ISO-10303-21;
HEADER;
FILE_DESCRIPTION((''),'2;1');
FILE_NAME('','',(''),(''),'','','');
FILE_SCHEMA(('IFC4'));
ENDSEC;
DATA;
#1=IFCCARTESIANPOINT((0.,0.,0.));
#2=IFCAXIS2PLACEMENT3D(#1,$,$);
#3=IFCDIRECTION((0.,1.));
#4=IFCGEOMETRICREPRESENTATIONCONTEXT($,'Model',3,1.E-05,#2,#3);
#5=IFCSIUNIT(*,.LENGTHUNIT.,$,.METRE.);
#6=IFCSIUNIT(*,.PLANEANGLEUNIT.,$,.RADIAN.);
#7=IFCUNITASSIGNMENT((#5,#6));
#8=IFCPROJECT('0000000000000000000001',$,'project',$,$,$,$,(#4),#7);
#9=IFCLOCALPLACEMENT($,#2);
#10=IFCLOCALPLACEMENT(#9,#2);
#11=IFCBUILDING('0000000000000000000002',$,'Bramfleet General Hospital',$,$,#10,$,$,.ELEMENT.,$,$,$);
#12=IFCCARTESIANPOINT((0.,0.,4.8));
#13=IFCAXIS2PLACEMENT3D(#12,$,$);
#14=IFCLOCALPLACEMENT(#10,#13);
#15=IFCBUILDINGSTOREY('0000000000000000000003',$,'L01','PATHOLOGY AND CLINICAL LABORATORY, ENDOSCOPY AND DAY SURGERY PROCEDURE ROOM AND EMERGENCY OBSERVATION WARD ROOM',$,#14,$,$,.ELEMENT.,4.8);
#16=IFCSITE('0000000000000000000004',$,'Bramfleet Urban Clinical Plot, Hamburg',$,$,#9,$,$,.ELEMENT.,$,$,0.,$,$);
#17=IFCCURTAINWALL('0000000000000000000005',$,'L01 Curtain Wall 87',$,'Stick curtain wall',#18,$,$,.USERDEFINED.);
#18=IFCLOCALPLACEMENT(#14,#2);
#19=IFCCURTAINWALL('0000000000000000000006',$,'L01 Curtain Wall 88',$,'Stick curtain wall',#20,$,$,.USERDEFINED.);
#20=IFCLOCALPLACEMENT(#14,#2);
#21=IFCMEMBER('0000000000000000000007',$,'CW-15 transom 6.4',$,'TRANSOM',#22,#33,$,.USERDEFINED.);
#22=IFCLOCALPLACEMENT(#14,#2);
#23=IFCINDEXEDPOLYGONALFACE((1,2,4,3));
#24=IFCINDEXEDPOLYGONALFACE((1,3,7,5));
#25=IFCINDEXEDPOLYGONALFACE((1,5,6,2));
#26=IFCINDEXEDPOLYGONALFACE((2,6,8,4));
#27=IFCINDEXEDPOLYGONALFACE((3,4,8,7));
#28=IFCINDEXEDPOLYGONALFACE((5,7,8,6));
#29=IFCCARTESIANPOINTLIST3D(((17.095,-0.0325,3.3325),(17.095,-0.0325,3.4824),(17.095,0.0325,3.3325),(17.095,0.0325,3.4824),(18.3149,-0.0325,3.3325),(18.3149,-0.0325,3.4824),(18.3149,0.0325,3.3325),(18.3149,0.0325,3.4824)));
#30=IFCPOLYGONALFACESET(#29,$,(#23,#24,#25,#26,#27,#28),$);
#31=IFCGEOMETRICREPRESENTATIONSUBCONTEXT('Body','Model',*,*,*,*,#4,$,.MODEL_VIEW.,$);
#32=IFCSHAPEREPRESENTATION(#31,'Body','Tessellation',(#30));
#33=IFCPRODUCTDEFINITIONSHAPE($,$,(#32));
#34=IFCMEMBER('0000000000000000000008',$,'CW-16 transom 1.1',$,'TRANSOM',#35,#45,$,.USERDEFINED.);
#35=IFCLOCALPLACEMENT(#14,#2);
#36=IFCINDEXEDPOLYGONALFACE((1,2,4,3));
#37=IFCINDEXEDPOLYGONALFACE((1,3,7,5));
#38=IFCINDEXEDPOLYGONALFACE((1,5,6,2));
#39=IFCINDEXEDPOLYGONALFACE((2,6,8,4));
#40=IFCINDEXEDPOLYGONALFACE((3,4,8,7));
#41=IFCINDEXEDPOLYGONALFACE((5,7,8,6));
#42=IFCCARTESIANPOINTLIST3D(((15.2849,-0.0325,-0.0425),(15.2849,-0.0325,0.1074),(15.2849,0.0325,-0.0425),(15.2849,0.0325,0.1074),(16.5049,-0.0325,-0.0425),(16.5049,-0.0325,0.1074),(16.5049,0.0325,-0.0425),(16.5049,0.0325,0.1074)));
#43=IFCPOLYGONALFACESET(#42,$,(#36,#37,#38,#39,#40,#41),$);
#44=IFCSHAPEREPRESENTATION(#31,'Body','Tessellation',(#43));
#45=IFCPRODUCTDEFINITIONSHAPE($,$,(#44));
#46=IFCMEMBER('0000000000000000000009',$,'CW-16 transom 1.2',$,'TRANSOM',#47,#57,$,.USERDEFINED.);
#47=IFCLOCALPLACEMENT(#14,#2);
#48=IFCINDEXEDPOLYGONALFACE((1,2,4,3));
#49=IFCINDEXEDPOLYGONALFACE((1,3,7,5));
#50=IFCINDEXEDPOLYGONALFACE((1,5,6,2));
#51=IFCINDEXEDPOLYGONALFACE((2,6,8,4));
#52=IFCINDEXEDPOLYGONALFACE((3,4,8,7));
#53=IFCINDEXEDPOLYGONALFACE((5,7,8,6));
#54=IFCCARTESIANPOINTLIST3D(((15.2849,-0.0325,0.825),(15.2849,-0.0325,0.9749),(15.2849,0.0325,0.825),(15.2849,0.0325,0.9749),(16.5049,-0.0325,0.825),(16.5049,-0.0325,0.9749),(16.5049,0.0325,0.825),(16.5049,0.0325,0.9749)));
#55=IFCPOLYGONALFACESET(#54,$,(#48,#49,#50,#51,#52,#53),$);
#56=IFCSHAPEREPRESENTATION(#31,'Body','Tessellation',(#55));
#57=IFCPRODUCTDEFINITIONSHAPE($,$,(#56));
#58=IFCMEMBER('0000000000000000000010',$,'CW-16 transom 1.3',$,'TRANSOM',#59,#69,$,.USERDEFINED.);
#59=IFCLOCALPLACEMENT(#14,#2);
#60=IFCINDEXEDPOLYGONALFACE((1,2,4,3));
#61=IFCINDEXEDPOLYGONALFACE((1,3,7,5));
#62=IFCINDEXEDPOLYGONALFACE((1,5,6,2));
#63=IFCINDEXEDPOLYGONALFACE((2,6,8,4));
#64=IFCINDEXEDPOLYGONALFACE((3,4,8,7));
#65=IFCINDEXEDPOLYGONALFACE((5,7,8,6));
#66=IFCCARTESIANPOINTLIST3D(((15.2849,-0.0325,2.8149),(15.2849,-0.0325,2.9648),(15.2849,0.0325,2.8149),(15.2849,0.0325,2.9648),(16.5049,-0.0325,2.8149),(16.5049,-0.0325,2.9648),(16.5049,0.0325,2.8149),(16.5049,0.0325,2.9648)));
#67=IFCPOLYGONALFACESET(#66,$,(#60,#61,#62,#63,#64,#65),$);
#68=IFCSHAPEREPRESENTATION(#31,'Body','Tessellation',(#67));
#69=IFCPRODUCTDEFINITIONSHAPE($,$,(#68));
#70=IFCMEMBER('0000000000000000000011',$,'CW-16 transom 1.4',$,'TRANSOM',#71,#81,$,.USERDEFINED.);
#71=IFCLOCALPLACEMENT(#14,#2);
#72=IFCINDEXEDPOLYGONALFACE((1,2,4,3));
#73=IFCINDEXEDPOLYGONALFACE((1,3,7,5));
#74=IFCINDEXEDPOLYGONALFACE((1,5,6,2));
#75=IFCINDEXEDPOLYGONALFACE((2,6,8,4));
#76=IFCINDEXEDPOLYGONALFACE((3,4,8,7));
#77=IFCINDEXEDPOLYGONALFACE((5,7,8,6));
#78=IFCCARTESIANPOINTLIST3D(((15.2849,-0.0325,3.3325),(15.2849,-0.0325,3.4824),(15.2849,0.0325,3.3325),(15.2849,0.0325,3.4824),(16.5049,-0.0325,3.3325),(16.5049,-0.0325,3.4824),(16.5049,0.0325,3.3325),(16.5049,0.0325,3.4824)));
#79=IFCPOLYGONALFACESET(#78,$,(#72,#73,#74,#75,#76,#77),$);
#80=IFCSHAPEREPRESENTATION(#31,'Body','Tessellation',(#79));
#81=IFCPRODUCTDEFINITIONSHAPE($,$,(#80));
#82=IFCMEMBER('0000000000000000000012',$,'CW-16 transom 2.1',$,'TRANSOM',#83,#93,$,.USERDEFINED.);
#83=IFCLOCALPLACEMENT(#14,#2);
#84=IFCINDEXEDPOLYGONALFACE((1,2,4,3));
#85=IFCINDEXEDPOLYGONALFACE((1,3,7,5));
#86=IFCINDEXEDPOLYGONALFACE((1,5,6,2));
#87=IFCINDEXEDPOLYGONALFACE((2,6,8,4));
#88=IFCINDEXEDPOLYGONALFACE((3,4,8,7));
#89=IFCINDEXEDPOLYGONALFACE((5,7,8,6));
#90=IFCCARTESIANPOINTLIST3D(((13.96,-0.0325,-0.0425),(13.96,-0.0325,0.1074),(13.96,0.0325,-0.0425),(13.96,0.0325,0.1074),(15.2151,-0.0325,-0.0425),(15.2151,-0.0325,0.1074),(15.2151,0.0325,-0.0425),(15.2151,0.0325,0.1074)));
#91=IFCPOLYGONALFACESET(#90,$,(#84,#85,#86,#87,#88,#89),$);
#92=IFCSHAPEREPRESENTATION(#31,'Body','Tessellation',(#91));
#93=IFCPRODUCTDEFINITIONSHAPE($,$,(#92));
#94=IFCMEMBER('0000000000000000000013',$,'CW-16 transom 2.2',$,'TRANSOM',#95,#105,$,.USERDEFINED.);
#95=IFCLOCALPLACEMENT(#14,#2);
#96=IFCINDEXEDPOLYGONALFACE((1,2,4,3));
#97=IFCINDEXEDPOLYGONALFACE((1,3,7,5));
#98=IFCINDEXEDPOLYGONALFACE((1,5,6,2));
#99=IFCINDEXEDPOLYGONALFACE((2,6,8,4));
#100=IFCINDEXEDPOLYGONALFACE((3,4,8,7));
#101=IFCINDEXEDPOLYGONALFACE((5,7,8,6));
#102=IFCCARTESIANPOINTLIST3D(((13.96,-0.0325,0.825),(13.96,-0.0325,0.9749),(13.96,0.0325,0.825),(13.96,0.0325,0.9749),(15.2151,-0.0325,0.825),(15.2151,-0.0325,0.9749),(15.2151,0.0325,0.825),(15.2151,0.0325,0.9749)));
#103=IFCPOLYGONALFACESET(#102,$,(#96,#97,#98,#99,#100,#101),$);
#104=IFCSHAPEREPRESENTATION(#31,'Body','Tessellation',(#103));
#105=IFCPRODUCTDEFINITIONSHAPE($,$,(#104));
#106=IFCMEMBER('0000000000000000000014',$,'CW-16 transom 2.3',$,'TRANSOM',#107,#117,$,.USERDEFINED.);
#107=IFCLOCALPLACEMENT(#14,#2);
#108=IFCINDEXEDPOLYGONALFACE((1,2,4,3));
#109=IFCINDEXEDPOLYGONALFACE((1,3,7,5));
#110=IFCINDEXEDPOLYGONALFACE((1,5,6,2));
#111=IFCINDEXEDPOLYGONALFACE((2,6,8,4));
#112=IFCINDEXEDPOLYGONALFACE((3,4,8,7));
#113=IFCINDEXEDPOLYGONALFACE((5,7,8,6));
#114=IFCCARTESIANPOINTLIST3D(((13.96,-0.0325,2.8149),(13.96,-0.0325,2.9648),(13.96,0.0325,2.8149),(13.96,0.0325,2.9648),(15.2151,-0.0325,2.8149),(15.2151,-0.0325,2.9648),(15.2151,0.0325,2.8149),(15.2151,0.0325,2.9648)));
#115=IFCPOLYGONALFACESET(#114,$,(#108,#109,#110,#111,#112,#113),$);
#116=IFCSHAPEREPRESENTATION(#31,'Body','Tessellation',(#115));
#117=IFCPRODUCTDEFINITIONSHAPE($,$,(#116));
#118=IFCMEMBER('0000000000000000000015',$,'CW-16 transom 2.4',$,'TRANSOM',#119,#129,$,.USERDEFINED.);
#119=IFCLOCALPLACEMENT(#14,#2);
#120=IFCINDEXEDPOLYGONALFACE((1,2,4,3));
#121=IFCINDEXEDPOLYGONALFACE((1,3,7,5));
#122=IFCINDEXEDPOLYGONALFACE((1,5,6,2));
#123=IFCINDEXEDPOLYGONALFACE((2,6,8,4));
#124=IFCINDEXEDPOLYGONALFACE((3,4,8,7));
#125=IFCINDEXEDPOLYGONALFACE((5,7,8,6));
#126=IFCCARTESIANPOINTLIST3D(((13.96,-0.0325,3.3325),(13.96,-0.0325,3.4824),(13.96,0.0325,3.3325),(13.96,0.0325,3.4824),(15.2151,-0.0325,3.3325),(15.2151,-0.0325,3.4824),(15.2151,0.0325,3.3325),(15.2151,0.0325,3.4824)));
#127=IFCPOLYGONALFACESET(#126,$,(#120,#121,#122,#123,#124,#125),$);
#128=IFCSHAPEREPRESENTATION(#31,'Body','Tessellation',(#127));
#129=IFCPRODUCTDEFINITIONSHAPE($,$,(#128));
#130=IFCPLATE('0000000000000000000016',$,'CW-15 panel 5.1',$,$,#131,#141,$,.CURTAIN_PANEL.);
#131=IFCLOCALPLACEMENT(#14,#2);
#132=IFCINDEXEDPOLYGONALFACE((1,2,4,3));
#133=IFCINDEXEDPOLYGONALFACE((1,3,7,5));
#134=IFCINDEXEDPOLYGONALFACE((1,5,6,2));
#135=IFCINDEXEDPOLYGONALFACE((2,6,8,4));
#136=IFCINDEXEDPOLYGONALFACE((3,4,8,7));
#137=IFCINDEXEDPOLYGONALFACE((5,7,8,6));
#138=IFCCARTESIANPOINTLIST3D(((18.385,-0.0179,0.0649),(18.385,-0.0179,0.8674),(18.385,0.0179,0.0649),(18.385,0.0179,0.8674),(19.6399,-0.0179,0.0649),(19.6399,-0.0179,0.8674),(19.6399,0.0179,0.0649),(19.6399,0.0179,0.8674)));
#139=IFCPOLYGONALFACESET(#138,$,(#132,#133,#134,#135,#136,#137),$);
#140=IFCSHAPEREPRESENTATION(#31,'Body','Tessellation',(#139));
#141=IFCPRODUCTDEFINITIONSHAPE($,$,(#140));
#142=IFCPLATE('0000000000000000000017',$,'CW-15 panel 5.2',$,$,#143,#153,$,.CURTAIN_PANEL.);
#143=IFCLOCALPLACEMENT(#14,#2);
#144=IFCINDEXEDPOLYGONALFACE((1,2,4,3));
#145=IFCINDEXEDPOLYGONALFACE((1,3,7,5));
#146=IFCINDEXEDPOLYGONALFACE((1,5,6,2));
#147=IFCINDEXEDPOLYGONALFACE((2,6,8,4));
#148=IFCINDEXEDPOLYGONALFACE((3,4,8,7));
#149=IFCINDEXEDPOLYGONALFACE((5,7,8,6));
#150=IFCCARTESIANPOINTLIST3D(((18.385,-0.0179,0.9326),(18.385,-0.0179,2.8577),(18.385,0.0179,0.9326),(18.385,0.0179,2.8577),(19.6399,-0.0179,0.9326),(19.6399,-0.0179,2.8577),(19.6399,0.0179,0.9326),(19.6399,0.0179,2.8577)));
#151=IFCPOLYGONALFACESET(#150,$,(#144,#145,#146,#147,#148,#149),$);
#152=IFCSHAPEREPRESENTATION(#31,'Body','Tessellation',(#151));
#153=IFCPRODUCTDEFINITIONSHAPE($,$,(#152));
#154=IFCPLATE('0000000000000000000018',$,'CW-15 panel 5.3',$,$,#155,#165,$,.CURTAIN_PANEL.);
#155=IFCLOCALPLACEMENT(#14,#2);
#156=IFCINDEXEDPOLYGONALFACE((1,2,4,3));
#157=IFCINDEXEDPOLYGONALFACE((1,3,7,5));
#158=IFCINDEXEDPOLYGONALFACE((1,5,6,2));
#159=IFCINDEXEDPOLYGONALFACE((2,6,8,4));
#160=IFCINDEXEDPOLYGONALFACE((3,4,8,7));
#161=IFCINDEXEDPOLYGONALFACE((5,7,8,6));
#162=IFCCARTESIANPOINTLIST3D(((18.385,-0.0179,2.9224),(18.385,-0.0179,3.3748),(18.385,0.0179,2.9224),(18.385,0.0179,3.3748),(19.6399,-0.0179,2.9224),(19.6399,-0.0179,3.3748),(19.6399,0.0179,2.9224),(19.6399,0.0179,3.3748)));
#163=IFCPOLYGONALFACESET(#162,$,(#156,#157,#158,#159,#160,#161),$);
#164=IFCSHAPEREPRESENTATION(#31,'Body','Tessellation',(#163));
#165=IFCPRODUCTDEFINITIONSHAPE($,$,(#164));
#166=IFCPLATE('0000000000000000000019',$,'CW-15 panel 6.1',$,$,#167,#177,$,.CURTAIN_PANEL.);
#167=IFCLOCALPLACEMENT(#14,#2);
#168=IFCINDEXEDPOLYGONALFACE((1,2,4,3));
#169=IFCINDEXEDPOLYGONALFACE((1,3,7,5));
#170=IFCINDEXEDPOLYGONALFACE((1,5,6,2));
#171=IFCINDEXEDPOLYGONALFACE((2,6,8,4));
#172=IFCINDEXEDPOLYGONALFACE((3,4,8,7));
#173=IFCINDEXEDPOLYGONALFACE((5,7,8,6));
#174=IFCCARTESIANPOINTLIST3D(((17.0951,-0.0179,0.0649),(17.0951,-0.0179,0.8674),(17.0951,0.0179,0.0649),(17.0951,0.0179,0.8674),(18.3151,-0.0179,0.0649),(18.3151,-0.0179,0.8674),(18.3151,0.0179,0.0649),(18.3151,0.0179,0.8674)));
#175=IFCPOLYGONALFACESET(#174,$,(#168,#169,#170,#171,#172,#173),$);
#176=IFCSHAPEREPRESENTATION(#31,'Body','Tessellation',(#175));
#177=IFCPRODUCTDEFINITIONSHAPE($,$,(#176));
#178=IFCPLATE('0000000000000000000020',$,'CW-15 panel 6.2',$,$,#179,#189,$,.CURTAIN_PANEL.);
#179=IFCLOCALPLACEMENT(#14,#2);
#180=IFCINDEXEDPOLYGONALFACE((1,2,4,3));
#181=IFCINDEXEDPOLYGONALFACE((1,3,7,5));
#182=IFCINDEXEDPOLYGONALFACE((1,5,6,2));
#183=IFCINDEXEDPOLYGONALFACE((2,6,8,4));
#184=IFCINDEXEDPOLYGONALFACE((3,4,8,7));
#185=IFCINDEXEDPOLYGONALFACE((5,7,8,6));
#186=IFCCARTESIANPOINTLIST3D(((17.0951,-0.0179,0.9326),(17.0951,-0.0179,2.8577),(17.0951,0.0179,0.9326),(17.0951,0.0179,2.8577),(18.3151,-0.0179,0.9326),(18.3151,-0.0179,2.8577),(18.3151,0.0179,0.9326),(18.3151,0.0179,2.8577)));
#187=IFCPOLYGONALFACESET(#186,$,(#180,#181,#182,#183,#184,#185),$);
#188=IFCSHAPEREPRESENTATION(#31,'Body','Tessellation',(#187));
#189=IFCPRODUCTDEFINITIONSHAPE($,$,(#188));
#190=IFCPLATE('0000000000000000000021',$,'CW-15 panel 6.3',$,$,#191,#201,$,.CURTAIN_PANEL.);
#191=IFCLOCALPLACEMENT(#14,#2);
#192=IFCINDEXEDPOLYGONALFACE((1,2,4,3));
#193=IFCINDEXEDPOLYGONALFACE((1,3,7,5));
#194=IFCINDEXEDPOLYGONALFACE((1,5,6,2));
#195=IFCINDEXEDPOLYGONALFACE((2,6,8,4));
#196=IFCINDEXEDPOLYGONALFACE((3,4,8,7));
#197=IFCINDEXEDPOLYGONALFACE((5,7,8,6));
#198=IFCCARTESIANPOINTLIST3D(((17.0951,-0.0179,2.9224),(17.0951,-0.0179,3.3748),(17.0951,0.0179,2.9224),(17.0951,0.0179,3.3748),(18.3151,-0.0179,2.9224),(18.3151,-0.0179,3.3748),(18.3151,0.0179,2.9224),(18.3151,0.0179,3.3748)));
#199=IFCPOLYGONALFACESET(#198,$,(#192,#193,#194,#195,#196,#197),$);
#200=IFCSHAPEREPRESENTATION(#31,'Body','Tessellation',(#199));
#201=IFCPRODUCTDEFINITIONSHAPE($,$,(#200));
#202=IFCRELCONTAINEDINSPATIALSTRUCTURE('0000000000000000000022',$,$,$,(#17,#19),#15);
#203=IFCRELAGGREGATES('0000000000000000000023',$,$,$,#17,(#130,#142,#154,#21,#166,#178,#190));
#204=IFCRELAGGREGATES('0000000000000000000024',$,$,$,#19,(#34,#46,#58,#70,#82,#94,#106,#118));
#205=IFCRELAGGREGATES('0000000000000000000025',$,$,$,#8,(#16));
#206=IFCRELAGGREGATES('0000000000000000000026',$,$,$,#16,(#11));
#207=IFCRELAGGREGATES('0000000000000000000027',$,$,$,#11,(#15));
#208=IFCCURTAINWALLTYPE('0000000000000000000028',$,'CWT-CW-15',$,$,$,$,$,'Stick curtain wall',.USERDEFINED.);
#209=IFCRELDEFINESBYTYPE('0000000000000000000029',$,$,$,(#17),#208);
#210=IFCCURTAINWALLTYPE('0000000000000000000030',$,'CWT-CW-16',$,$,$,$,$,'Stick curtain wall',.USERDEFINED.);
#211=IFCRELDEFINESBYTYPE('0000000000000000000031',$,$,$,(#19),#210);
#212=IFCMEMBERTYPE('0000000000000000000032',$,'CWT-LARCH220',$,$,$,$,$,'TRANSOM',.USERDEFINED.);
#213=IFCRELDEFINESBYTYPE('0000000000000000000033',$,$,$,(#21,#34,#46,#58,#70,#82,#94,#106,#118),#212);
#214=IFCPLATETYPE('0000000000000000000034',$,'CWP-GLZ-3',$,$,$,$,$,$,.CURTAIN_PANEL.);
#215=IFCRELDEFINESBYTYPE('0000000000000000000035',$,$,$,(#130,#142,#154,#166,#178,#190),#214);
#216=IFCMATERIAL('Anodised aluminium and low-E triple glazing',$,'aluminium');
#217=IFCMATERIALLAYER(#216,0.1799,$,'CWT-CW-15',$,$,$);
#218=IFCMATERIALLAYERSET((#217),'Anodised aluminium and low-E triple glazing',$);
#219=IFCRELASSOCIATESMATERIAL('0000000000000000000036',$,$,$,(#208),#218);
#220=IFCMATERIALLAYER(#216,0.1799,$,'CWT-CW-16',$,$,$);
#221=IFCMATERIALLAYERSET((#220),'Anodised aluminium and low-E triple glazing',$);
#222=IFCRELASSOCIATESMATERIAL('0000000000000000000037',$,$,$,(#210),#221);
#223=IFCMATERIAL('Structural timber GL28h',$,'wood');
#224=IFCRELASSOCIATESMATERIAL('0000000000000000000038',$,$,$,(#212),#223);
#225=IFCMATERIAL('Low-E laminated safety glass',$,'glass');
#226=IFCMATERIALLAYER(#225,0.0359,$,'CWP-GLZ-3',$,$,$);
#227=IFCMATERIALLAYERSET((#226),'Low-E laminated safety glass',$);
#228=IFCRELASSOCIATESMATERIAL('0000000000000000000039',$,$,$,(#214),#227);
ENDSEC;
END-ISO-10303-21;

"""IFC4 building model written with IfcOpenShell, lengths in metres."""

from ifc_helpers import new_model, si_unit, direction, frame, origin, origin_2d, place, context, subcontext, project, spatial, rectangle, extrude, material, layer, layer_set, material_profile, profile_set, type_object, element, aggregate, save


model = new_model("IFC4")

# Units and contexts
model_context = context("Model", 3, precision=1e-05, world=origin(), true_north=direction((0.0, 1.0)))
body_context = subcontext(model_context, "Body", "Model", "MODEL_VIEW")
ifc_project = project(units=[si_unit("LENGTHUNIT", "METRE"), si_unit("PLANEANGLEUNIT", "RADIAN")], contexts=[model_context])

# Site, building, storey
site_placement = place(None, origin())
site = spatial("IfcSite", under=ifc_project, at=site_placement, Name="Bramfleet Urban Clinical Plot, Hamburg", CompositionType="ELEMENT", RefElevation=0.0)
building_placement = place(site_placement, origin())
building = spatial("IfcBuilding", under=site, at=building_placement, Name="Bramfleet General Hospital", CompositionType="ELEMENT")
storey_placement = place(building_placement, frame((0.0, 0.0, 4.8)))
storey = spatial("IfcBuildingStorey", under=building, at=storey_placement, Name="L01", Description="PATHOLOGY AND CLINICAL LABORATORY, ENDOSCOPY AND DAY SURGERY PROCEDURE ROOM AND EMERGENCY OBSERVATION WARD ROOM", CompositionType="ELEMENT", Elevation=4.8)

# Curtain walls
ifc_material_1 = material(Name="Anodised aluminium and low-E triple glazing", Category="aluminium")
ifc_layer_1 = layer(ifc_material_1, 0.1799, Name="CWT-CW-15")
ifc_layer_set_1 = layer_set([ifc_layer_1], Name="Anodised aluminium and low-E triple glazing")
curtain_wall_type_1 = type_object("IfcCurtainWallType", Name="CWT-CW-15", ElementType="Stick curtain wall", PredefinedType="USERDEFINED", material=ifc_layer_set_1)
curtain_wall_1_placement = place(storey_placement, origin())
curtain_wall_1 = element("IfcCurtainWall", 1, at=curtain_wall_1_placement, inside=storey, type_object=curtain_wall_type_1, Name="L01 Curtain Wall 87", ObjectType="Stick curtain wall", PredefinedType="USERDEFINED")
ifc_material_2 = material(Name="Structural timber GL28h", Category="wood")
ifc_layer_2 = layer(ifc_material_1, 0.1799, Name="CWT-CW-16")
ifc_layer_set_2 = layer_set([ifc_layer_2], Name="Anodised aluminium and low-E triple glazing")
curtain_wall_type_2 = type_object("IfcCurtainWallType", Name="CWT-CW-16", ElementType="Stick curtain wall", PredefinedType="USERDEFINED", material=ifc_layer_set_2)
curtain_wall_2_placement = place(storey_placement, origin())
curtain_wall_2 = element("IfcCurtainWall", 2, at=curtain_wall_2_placement, inside=storey, type_object=curtain_wall_type_2, Name="L01 Curtain Wall 88", ObjectType="Stick curtain wall", PredefinedType="USERDEFINED")

# Members
ifc_material_profile_1 = material_profile(ifc_material_2, rectangle(XDim=0.0649, YDim=0.1499, at=origin_2d()), Name="LARCH 150x65")
ifc_profile_set_1 = profile_set([ifc_material_profile_1], Name="Structural timber GL28h")
member_type_1 = type_object("IfcMemberType", Name="CWT-LARCH220", ElementType="TRANSOM", PredefinedType="USERDEFINED", material=ifc_profile_set_1)
member_1_placement = place(storey_placement, frame((18.3149, 0.0, 3.4075), z_axis=(-1.0, 0.0, 0.0), x_axis=(0.0, -1.0, 0.0)))
member_1 = element("IfcMember", 3, at=member_1_placement, type_object=member_type_1, Name="CW-15 transom 6.4", ObjectType="TRANSOM", PredefinedType="USERDEFINED", context=body_context, shape_type="SweptSolid", body=[
    extrude(rectangle(XDim=0.0649, YDim=0.1499, at=origin_2d()), origin(), (0.0, 0.0, 1.0), 1.22),
])
member_2_placement = place(storey_placement, frame((16.5049, 0.0, 0.0325), z_axis=(-1.0, 0.0, 0.0), x_axis=(0.0, -1.0, 0.0)))
member_2 = element("IfcMember", 4, at=member_2_placement, type_object=member_type_1, Name="CW-16 transom 1.1", ObjectType="TRANSOM", PredefinedType="USERDEFINED", context=body_context, shape_type="SweptSolid", body=[
    extrude(rectangle(XDim=0.0649, YDim=0.1499, at=origin_2d()), origin(), (0.0, 0.0, 1.0), 1.22),
])
member_3_placement = place(storey_placement, frame((16.5049, 0.0, 0.8999), z_axis=(-1.0, 0.0, 0.0), x_axis=(0.0, -1.0, 0.0)))
member_3 = element("IfcMember", 5, at=member_3_placement, type_object=member_type_1, Name="CW-16 transom 1.2", ObjectType="TRANSOM", PredefinedType="USERDEFINED", context=body_context, shape_type="SweptSolid", body=[
    extrude(rectangle(XDim=0.0649, YDim=0.1499, at=origin_2d()), origin(), (0.0, 0.0, 1.0), 1.22),
])
member_4_placement = place(storey_placement, frame((16.5049, 0.0, 2.8899), z_axis=(-1.0, 0.0, 0.0), x_axis=(0.0, -1.0, 0.0)))
member_4 = element("IfcMember", 6, at=member_4_placement, type_object=member_type_1, Name="CW-16 transom 1.3", ObjectType="TRANSOM", PredefinedType="USERDEFINED", context=body_context, shape_type="SweptSolid", body=[
    extrude(rectangle(XDim=0.0649, YDim=0.1499, at=origin_2d()), origin(), (0.0, 0.0, 1.0), 1.22),
])
member_5_placement = place(storey_placement, frame((16.5049, 0.0, 3.4075), z_axis=(-1.0, 0.0, 0.0), x_axis=(0.0, -1.0, 0.0)))
member_5 = element("IfcMember", 7, at=member_5_placement, type_object=member_type_1, Name="CW-16 transom 1.4", ObjectType="TRANSOM", PredefinedType="USERDEFINED", context=body_context, shape_type="SweptSolid", body=[
    extrude(rectangle(XDim=0.0649, YDim=0.1499, at=origin_2d()), origin(), (0.0, 0.0, 1.0), 1.22),
])
member_6_placement = place(storey_placement, frame((15.2151, 0.0, 0.0325), z_axis=(-1.0, 0.0, 0.0), x_axis=(0.0, -1.0, 0.0)))
member_6 = element("IfcMember", 8, at=member_6_placement, type_object=member_type_1, Name="CW-16 transom 2.1", ObjectType="TRANSOM", PredefinedType="USERDEFINED", context=body_context, shape_type="SweptSolid", body=[
    extrude(rectangle(XDim=0.0649, YDim=0.1499, at=origin_2d()), origin(), (0.0, 0.0, 1.0), 1.2551),
])
member_7_placement = place(storey_placement, frame((15.2151, 0.0, 0.8999), z_axis=(-1.0, 0.0, 0.0), x_axis=(0.0, -1.0, 0.0)))
member_7 = element("IfcMember", 9, at=member_7_placement, type_object=member_type_1, Name="CW-16 transom 2.2", ObjectType="TRANSOM", PredefinedType="USERDEFINED", context=body_context, shape_type="SweptSolid", body=[
    extrude(rectangle(XDim=0.0649, YDim=0.1499, at=origin_2d()), origin(), (0.0, 0.0, 1.0), 1.2551),
])
member_8_placement = place(storey_placement, frame((15.2151, 0.0, 2.8899), z_axis=(-1.0, 0.0, 0.0), x_axis=(0.0, -1.0, 0.0)))
member_8 = element("IfcMember", 10, at=member_8_placement, type_object=member_type_1, Name="CW-16 transom 2.3", ObjectType="TRANSOM", PredefinedType="USERDEFINED", context=body_context, shape_type="SweptSolid", body=[
    extrude(rectangle(XDim=0.0649, YDim=0.1499, at=origin_2d()), origin(), (0.0, 0.0, 1.0), 1.2551),
])
member_9_placement = place(storey_placement, frame((15.2151, 0.0, 3.4075), z_axis=(-1.0, 0.0, 0.0), x_axis=(0.0, -1.0, 0.0)))
member_9 = element("IfcMember", 11, at=member_9_placement, type_object=member_type_1, Name="CW-16 transom 2.4", ObjectType="TRANSOM", PredefinedType="USERDEFINED", context=body_context, shape_type="SweptSolid", body=[
    extrude(rectangle(XDim=0.0649, YDim=0.1499, at=origin_2d()), origin(), (0.0, 0.0, 1.0), 1.2551),
])

# Plates
ifc_material_3 = material(Name="Low-E laminated safety glass", Category="glass")
ifc_layer_3 = layer(ifc_material_3, 0.0359, Name="CWP-GLZ-3")
ifc_layer_set_3 = layer_set([ifc_layer_3], Name="Low-E laminated safety glass")
plate_type_1 = type_object("IfcPlateType", Name="CWP-GLZ-3", PredefinedType="CURTAIN_PANEL", material=ifc_layer_set_3)
plate_1_placement = place(storey_placement, frame((19.0125, 0.0, 0.0649), z_axis=(0.0, 0.0, 1.0), x_axis=(-1.0, 0.0, 0.0)))
plate_1 = element("IfcPlate", 12, at=plate_1_placement, type_object=plate_type_1, Name="CW-15 panel 5.1", PredefinedType="CURTAIN_PANEL", context=body_context, shape_type="SweptSolid", body=[
    extrude(rectangle(XDim=1.2549, YDim=0.0359, at=origin_2d()), origin(), (0.0, 0.0, 1.0), 0.8025),
])
plate_2_placement = place(storey_placement, frame((19.0125, 0.0, 0.9326), z_axis=(0.0, 0.0, 1.0), x_axis=(-1.0, 0.0, 0.0)))
plate_2 = element("IfcPlate", 13, at=plate_2_placement, type_object=plate_type_1, Name="CW-15 panel 5.2", PredefinedType="CURTAIN_PANEL", context=body_context, shape_type="SweptSolid", body=[
    extrude(rectangle(XDim=1.2549, YDim=0.0359, at=origin_2d()), origin(), (0.0, 0.0, 1.0), 1.925),
])
plate_3_placement = place(storey_placement, frame((19.0125, 0.0, 2.9224), z_axis=(0.0, 0.0, 1.0), x_axis=(-1.0, 0.0, 0.0)))
plate_3 = element("IfcPlate", 14, at=plate_3_placement, type_object=plate_type_1, Name="CW-15 panel 5.3", PredefinedType="CURTAIN_PANEL", context=body_context, shape_type="SweptSolid", body=[
    extrude(rectangle(XDim=1.2549, YDim=0.0359, at=origin_2d()), origin(), (0.0, 0.0, 1.0), 0.4524),
])
plate_4_placement = place(storey_placement, frame((17.7051, 0.0, 0.0649), z_axis=(0.0, 0.0, 1.0), x_axis=(-1.0, 0.0, 0.0)))
plate_4 = element("IfcPlate", 15, at=plate_4_placement, type_object=plate_type_1, Name="CW-15 panel 6.1", PredefinedType="CURTAIN_PANEL", context=body_context, shape_type="SweptSolid", body=[
    extrude(rectangle(XDim=1.22, YDim=0.0359, at=origin_2d()), origin(), (0.0, 0.0, 1.0), 0.8025),
])
plate_5_placement = place(storey_placement, frame((17.7051, 0.0, 0.9326), z_axis=(0.0, 0.0, 1.0), x_axis=(-1.0, 0.0, 0.0)))
plate_5 = element("IfcPlate", 16, at=plate_5_placement, type_object=plate_type_1, Name="CW-15 panel 6.2", PredefinedType="CURTAIN_PANEL", context=body_context, shape_type="SweptSolid", body=[
    extrude(rectangle(XDim=1.22, YDim=0.0359, at=origin_2d()), origin(), (0.0, 0.0, 1.0), 1.925),
])
plate_6_placement = place(storey_placement, frame((17.7051, 0.0, 2.9224), z_axis=(0.0, 0.0, 1.0), x_axis=(-1.0, 0.0, 0.0)))
plate_6 = element("IfcPlate", 17, at=plate_6_placement, type_object=plate_type_1, Name="CW-15 panel 6.3", PredefinedType="CURTAIN_PANEL", context=body_context, shape_type="SweptSolid", body=[
    extrude(rectangle(XDim=1.22, YDim=0.0359, at=origin_2d()), origin(), (0.0, 0.0, 1.0), 0.4524),
])
aggregate(curtain_wall_1, [plate_1, plate_2, plate_3, member_1, plate_4, plate_5, plate_6])
aggregate(curtain_wall_2, [member_2, member_3, member_4, member_5, member_6, member_7, member_8, member_9])

save(model, "model.ifc")
